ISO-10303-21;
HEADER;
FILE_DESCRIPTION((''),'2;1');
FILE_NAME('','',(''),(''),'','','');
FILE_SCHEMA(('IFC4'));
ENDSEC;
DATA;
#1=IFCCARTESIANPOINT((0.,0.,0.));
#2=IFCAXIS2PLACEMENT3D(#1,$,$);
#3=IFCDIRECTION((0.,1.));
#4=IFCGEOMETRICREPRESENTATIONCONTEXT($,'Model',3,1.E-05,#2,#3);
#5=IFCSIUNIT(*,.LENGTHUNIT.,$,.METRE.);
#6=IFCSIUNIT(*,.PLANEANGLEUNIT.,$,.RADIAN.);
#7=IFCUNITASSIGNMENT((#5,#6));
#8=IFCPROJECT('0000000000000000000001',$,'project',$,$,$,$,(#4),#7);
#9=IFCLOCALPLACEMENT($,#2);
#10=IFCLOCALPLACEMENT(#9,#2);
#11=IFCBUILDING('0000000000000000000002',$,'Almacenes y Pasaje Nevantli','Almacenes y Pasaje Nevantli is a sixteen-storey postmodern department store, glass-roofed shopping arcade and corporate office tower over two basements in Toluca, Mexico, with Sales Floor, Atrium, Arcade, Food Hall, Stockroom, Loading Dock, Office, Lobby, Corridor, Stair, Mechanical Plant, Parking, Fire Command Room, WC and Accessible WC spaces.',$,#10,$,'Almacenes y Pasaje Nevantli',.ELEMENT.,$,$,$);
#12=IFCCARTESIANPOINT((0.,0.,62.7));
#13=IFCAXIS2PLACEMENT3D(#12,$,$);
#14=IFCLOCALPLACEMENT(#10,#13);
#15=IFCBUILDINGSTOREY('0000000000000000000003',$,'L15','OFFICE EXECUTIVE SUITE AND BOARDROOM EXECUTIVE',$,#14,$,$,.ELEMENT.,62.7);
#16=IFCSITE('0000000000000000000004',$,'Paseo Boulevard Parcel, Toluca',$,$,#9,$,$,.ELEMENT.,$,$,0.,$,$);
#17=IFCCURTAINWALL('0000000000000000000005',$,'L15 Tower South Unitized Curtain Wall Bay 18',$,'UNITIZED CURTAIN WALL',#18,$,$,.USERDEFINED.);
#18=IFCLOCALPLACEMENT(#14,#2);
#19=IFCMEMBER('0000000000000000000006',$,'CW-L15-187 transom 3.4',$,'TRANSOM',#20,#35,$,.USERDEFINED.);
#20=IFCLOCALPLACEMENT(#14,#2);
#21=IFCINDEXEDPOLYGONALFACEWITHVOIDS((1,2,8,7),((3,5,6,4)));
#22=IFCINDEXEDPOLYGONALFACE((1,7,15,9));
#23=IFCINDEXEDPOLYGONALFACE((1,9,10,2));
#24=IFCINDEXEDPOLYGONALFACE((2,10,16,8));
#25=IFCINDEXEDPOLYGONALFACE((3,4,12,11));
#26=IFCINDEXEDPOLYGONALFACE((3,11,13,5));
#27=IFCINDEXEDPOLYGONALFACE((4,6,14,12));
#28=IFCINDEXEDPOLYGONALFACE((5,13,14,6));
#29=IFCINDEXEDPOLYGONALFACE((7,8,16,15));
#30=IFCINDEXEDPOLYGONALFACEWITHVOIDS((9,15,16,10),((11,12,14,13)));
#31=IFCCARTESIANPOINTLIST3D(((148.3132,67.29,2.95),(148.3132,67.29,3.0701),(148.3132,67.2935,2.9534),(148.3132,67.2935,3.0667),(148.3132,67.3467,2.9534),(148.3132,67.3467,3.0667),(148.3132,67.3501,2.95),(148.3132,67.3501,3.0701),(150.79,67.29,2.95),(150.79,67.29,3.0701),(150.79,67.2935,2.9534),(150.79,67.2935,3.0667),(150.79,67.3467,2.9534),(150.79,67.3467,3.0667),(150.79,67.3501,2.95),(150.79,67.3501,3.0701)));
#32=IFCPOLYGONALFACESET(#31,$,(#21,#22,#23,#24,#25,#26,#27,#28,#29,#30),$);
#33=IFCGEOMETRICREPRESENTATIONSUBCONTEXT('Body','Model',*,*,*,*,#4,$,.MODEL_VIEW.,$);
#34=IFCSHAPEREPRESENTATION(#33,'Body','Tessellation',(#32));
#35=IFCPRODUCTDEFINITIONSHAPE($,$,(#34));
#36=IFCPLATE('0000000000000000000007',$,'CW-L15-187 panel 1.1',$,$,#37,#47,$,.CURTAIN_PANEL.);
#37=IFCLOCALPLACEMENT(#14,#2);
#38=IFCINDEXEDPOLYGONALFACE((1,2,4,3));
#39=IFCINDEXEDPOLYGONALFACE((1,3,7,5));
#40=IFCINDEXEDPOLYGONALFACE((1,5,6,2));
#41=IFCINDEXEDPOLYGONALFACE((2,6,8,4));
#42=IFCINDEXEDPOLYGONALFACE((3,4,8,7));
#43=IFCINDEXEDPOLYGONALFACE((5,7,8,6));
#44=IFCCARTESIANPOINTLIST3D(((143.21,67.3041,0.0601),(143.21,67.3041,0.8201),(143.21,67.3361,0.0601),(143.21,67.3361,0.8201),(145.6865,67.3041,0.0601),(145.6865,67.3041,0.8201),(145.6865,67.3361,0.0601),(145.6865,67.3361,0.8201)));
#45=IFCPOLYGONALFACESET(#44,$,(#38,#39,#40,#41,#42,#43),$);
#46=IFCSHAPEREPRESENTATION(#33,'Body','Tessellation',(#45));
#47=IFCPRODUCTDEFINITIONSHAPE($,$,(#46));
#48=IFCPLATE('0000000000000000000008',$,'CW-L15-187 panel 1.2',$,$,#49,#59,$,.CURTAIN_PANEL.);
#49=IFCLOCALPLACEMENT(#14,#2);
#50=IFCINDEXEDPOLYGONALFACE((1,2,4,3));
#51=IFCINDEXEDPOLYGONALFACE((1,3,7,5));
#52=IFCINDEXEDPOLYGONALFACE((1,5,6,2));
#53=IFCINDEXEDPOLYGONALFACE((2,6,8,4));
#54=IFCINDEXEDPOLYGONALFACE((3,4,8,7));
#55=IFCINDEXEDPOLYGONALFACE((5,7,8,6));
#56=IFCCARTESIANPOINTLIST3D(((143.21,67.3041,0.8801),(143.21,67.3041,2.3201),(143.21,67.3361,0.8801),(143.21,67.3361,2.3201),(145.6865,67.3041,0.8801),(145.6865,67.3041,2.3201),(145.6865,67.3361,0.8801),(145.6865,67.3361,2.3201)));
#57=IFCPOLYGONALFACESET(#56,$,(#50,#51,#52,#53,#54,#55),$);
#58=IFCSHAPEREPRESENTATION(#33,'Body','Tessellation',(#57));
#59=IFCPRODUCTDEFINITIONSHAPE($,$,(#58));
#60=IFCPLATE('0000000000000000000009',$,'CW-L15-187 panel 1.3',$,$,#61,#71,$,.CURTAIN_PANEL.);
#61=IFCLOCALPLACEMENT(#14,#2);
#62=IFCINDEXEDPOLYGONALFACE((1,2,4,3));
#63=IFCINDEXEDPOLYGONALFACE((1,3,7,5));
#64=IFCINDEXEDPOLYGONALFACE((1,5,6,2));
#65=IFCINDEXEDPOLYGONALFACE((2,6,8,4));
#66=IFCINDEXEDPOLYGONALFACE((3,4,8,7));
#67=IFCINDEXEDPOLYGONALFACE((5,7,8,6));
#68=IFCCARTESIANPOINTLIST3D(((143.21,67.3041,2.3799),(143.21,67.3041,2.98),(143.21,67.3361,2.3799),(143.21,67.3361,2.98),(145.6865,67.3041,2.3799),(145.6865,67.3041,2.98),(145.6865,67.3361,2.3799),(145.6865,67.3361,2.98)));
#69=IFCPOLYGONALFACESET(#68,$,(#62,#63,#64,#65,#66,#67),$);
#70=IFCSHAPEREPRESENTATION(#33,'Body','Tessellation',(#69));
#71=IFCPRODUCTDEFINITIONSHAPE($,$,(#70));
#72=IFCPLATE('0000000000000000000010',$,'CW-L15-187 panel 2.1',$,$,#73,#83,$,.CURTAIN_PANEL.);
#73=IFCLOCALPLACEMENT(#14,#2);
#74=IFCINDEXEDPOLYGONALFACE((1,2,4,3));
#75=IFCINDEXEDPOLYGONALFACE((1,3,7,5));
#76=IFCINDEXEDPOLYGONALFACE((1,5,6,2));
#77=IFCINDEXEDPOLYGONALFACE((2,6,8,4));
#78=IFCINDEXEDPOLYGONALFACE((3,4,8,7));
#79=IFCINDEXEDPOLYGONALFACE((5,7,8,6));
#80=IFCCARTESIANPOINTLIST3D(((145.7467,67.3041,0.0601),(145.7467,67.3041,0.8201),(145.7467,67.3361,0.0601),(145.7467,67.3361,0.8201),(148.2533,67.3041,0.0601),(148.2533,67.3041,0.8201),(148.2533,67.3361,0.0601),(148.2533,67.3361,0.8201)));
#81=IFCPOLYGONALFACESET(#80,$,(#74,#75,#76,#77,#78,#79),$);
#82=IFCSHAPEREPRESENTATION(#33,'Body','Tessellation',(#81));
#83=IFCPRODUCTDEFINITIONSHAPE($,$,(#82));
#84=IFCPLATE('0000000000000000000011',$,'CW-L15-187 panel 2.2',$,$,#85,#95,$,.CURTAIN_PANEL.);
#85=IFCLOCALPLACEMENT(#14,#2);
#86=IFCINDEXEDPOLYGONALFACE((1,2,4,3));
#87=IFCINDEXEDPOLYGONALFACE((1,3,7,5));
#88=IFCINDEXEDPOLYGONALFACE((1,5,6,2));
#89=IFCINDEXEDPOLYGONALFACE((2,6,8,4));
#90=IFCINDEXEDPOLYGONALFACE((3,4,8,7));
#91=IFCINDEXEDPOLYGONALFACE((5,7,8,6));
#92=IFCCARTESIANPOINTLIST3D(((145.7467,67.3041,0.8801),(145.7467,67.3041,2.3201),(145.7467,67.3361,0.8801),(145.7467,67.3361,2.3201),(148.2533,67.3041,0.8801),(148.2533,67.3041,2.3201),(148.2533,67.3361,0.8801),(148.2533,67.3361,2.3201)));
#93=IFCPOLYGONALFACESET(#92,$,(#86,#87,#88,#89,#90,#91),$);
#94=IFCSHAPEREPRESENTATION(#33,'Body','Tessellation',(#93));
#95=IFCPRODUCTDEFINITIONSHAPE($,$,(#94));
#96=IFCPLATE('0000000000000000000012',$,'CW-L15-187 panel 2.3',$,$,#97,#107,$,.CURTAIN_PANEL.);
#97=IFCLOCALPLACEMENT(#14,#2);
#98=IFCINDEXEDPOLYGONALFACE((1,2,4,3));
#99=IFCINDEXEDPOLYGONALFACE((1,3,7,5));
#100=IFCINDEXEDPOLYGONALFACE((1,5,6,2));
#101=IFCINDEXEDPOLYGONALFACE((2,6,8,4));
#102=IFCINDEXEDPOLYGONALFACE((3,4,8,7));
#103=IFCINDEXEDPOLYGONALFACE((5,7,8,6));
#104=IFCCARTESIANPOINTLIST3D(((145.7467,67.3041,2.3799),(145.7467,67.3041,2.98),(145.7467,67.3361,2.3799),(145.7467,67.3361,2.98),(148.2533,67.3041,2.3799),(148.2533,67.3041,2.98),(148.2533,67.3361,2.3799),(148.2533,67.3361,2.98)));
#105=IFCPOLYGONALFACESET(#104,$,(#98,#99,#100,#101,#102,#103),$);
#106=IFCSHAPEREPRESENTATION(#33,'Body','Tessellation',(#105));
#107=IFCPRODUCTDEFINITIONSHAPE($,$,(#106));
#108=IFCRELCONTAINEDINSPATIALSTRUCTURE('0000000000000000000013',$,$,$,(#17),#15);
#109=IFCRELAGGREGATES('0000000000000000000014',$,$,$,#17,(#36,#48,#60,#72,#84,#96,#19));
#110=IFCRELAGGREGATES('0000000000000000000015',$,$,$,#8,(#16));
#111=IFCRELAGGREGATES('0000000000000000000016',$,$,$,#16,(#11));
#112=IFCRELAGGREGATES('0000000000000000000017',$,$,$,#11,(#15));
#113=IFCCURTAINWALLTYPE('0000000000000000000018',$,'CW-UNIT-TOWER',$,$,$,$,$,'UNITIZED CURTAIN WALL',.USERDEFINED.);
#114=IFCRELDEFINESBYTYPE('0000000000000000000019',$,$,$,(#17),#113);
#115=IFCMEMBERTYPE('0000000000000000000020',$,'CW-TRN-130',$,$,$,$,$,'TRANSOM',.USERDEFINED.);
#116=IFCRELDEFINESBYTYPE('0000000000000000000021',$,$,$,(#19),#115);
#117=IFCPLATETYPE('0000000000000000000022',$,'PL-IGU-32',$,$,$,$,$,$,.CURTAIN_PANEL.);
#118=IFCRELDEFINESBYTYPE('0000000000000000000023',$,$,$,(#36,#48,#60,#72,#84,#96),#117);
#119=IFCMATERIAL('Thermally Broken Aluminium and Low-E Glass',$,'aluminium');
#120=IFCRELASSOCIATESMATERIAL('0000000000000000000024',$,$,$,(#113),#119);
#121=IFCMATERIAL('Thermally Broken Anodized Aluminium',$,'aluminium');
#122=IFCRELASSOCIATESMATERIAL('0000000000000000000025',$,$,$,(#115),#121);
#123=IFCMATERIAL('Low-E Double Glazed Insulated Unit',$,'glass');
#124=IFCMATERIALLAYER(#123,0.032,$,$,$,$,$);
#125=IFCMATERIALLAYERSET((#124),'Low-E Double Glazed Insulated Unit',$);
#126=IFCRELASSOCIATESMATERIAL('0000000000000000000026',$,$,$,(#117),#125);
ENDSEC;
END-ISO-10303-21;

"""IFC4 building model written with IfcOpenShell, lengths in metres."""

from ifc_helpers import new_model, si_unit, direction, frame, origin, origin_2d, place, context, subcontext, project, spatial, rectangle, hollow_rectangle, extrude, material, layer, layer_set, material_profile, profile_set, type_object, element, aggregate, save


model = new_model("IFC4")

# Units and contexts
model_context = context("Model", 3, precision=1e-05, world=origin(), true_north=direction((0.0, 1.0)))
body_context = subcontext(model_context, "Body", "Model", "MODEL_VIEW")
ifc_project = project(units=[si_unit("LENGTHUNIT", "METRE"), si_unit("PLANEANGLEUNIT", "RADIAN")], contexts=[model_context])

# Site, building, storey
site_placement = place(None, origin())
site = spatial("IfcSite", under=ifc_project, at=site_placement, Name="Paseo Boulevard Parcel, Toluca", CompositionType="ELEMENT", RefElevation=0.0)
building_placement = place(site_placement, origin())
building = spatial("IfcBuilding", under=site, at=building_placement, Name="Almacenes y Pasaje Nevantli", Description="Almacenes y Pasaje Nevantli is a sixteen-storey postmodern department store, glass-roofed shopping arcade and corporate office tower over two basements in Toluca, Mexico, with Sales Floor, Atrium, Arcade, Food Hall, Stockroom, Loading Dock, Office, Lobby, Corridor, Stair, Mechanical Plant, Parking, Fire Command Room, WC and Accessible WC spaces.", LongName="Almacenes y Pasaje Nevantli", CompositionType="ELEMENT")
storey_placement = place(building_placement, frame((0.0, 0.0, 62.7)))
storey = spatial("IfcBuildingStorey", under=building, at=storey_placement, Name="L15", Description="OFFICE EXECUTIVE SUITE AND BOARDROOM EXECUTIVE", CompositionType="ELEMENT", Elevation=62.7)

# Curtain wall, member, plates
ifc_material_1 = material(Name="Thermally Broken Aluminium and Low-E Glass", Category="aluminium")
curtain_wall_type = type_object("IfcCurtainWallType", Name="CW-UNIT-TOWER", ElementType="UNITIZED CURTAIN WALL", PredefinedType="USERDEFINED", material=ifc_material_1)
curtain_wall_placement = place(storey_placement, origin())
curtain_wall = element("IfcCurtainWall", 1, at=curtain_wall_placement, inside=storey, type_object=curtain_wall_type, Name="L15 Tower South Unitized Curtain Wall Bay 18", ObjectType="UNITIZED CURTAIN WALL", PredefinedType="USERDEFINED")
ifc_material_2 = material(Name="Thermally Broken Anodized Aluminium", Category="aluminium")
ifc_material_profile_1 = material_profile(ifc_material_2, hollow_rectangle(XDim=0.0601, YDim=0.1201, WallThickness=0.0034, at=origin_2d()), Name="ALU-TRN-60x120")
ifc_profile_set_1 = profile_set([ifc_material_profile_1], Name="Thermally Broken Anodized Aluminium")
member_type_1 = type_object("IfcMemberType", Name="CW-TRN-130", ElementType="TRANSOM", PredefinedType="USERDEFINED", material=ifc_profile_set_1)
member_1_placement = place(storey_placement, frame((148.3132, 67.3201, 3.01), z_axis=(1.0, 0.0, 0.0), x_axis=(0.0, 1.0, 0.0)))
member_1 = element("IfcMember", 2, at=member_1_placement, type_object=member_type_1, Name="CW-L15-187 transom 3.4", ObjectType="TRANSOM", PredefinedType="USERDEFINED", context=body_context, shape_type="SweptSolid", body=[
    extrude(hollow_rectangle(XDim=0.0601, YDim=0.1201, WallThickness=0.0034, at=origin_2d()), origin(), (0.0, 0.0, 1.0), 2.4768),
])
ifc_material_3 = material(Name="Low-E Double Glazed Insulated Unit", Category="glass")
ifc_layer = layer(ifc_material_3, 0.032)
ifc_layer_set = layer_set([ifc_layer], Name="Low-E Double Glazed Insulated Unit")
plate_type = type_object("IfcPlateType", Name="PL-IGU-32", PredefinedType="CURTAIN_PANEL", material=ifc_layer_set)
plate_1_placement = place(storey_placement, frame((144.4482, 67.3201, 0.0601), z_axis=(0.0, 0.0, 1.0), x_axis=(1.0, 0.0, 0.0)))
plate_1 = element("IfcPlate", 3, at=plate_1_placement, type_object=plate_type, Name="CW-L15-187 panel 1.1", PredefinedType="CURTAIN_PANEL", context=body_context, shape_type="SweptSolid", body=[
    extrude(rectangle(XDim=2.4766, YDim=0.032, at=origin_2d()), origin(), (0.0, 0.0, 1.0), 0.76),
])
plate_2_placement = place(storey_placement, frame((144.4482, 67.3201, 0.8801), z_axis=(0.0, 0.0, 1.0), x_axis=(1.0, 0.0, 0.0)))
plate_2 = element("IfcPlate", 4, at=plate_2_placement, type_object=plate_type, Name="CW-L15-187 panel 1.2", PredefinedType="CURTAIN_PANEL", context=body_context, shape_type="SweptSolid", body=[
    extrude(rectangle(XDim=2.4766, YDim=0.032, at=origin_2d()), origin(), (0.0, 0.0, 1.0), 1.4399),
])
plate_3_placement = place(storey_placement, frame((144.4482, 67.3201, 2.3799), z_axis=(0.0, 0.0, 1.0), x_axis=(1.0, 0.0, 0.0)))
plate_3 = element("IfcPlate", 5, at=plate_3_placement, type_object=plate_type, Name="CW-L15-187 panel 1.3", PredefinedType="CURTAIN_PANEL", context=body_context, shape_type="SweptSolid", body=[
    extrude(rectangle(XDim=2.4766, YDim=0.032, at=origin_2d()), origin(), (0.0, 0.0, 1.0), 0.6001),
])
plate_4_placement = place(storey_placement, frame((147.0, 67.3201, 0.0601), z_axis=(0.0, 0.0, 1.0), x_axis=(1.0, 0.0, 0.0)))
plate_4 = element("IfcPlate", 6, at=plate_4_placement, type_object=plate_type, Name="CW-L15-187 panel 2.1", PredefinedType="CURTAIN_PANEL", context=body_context, shape_type="SweptSolid", body=[
    extrude(rectangle(XDim=2.5066, YDim=0.032, at=origin_2d()), origin(), (0.0, 0.0, 1.0), 0.76),
])
plate_5_placement = place(storey_placement, frame((147.0, 67.3201, 0.8801), z_axis=(0.0, 0.0, 1.0), x_axis=(1.0, 0.0, 0.0)))
plate_5 = element("IfcPlate", 7, at=plate_5_placement, type_object=plate_type, Name="CW-L15-187 panel 2.2", PredefinedType="CURTAIN_PANEL", context=body_context, shape_type="SweptSolid", body=[
    extrude(rectangle(XDim=2.5066, YDim=0.032, at=origin_2d()), origin(), (0.0, 0.0, 1.0), 1.4399),
])
plate_6_placement = place(storey_placement, frame((147.0, 67.3201, 2.3799), z_axis=(0.0, 0.0, 1.0), x_axis=(1.0, 0.0, 0.0)))
plate_6 = element("IfcPlate", 8, at=plate_6_placement, type_object=plate_type, Name="CW-L15-187 panel 2.3", PredefinedType="CURTAIN_PANEL", context=body_context, shape_type="SweptSolid", body=[
    extrude(rectangle(XDim=2.5066, YDim=0.032, at=origin_2d()), origin(), (0.0, 0.0, 1.0), 0.6001),
])
aggregate(curtain_wall, [plate_1, plate_2, plate_3, plate_4, plate_5, plate_6, member_1])

save(model, "model.ifc")
